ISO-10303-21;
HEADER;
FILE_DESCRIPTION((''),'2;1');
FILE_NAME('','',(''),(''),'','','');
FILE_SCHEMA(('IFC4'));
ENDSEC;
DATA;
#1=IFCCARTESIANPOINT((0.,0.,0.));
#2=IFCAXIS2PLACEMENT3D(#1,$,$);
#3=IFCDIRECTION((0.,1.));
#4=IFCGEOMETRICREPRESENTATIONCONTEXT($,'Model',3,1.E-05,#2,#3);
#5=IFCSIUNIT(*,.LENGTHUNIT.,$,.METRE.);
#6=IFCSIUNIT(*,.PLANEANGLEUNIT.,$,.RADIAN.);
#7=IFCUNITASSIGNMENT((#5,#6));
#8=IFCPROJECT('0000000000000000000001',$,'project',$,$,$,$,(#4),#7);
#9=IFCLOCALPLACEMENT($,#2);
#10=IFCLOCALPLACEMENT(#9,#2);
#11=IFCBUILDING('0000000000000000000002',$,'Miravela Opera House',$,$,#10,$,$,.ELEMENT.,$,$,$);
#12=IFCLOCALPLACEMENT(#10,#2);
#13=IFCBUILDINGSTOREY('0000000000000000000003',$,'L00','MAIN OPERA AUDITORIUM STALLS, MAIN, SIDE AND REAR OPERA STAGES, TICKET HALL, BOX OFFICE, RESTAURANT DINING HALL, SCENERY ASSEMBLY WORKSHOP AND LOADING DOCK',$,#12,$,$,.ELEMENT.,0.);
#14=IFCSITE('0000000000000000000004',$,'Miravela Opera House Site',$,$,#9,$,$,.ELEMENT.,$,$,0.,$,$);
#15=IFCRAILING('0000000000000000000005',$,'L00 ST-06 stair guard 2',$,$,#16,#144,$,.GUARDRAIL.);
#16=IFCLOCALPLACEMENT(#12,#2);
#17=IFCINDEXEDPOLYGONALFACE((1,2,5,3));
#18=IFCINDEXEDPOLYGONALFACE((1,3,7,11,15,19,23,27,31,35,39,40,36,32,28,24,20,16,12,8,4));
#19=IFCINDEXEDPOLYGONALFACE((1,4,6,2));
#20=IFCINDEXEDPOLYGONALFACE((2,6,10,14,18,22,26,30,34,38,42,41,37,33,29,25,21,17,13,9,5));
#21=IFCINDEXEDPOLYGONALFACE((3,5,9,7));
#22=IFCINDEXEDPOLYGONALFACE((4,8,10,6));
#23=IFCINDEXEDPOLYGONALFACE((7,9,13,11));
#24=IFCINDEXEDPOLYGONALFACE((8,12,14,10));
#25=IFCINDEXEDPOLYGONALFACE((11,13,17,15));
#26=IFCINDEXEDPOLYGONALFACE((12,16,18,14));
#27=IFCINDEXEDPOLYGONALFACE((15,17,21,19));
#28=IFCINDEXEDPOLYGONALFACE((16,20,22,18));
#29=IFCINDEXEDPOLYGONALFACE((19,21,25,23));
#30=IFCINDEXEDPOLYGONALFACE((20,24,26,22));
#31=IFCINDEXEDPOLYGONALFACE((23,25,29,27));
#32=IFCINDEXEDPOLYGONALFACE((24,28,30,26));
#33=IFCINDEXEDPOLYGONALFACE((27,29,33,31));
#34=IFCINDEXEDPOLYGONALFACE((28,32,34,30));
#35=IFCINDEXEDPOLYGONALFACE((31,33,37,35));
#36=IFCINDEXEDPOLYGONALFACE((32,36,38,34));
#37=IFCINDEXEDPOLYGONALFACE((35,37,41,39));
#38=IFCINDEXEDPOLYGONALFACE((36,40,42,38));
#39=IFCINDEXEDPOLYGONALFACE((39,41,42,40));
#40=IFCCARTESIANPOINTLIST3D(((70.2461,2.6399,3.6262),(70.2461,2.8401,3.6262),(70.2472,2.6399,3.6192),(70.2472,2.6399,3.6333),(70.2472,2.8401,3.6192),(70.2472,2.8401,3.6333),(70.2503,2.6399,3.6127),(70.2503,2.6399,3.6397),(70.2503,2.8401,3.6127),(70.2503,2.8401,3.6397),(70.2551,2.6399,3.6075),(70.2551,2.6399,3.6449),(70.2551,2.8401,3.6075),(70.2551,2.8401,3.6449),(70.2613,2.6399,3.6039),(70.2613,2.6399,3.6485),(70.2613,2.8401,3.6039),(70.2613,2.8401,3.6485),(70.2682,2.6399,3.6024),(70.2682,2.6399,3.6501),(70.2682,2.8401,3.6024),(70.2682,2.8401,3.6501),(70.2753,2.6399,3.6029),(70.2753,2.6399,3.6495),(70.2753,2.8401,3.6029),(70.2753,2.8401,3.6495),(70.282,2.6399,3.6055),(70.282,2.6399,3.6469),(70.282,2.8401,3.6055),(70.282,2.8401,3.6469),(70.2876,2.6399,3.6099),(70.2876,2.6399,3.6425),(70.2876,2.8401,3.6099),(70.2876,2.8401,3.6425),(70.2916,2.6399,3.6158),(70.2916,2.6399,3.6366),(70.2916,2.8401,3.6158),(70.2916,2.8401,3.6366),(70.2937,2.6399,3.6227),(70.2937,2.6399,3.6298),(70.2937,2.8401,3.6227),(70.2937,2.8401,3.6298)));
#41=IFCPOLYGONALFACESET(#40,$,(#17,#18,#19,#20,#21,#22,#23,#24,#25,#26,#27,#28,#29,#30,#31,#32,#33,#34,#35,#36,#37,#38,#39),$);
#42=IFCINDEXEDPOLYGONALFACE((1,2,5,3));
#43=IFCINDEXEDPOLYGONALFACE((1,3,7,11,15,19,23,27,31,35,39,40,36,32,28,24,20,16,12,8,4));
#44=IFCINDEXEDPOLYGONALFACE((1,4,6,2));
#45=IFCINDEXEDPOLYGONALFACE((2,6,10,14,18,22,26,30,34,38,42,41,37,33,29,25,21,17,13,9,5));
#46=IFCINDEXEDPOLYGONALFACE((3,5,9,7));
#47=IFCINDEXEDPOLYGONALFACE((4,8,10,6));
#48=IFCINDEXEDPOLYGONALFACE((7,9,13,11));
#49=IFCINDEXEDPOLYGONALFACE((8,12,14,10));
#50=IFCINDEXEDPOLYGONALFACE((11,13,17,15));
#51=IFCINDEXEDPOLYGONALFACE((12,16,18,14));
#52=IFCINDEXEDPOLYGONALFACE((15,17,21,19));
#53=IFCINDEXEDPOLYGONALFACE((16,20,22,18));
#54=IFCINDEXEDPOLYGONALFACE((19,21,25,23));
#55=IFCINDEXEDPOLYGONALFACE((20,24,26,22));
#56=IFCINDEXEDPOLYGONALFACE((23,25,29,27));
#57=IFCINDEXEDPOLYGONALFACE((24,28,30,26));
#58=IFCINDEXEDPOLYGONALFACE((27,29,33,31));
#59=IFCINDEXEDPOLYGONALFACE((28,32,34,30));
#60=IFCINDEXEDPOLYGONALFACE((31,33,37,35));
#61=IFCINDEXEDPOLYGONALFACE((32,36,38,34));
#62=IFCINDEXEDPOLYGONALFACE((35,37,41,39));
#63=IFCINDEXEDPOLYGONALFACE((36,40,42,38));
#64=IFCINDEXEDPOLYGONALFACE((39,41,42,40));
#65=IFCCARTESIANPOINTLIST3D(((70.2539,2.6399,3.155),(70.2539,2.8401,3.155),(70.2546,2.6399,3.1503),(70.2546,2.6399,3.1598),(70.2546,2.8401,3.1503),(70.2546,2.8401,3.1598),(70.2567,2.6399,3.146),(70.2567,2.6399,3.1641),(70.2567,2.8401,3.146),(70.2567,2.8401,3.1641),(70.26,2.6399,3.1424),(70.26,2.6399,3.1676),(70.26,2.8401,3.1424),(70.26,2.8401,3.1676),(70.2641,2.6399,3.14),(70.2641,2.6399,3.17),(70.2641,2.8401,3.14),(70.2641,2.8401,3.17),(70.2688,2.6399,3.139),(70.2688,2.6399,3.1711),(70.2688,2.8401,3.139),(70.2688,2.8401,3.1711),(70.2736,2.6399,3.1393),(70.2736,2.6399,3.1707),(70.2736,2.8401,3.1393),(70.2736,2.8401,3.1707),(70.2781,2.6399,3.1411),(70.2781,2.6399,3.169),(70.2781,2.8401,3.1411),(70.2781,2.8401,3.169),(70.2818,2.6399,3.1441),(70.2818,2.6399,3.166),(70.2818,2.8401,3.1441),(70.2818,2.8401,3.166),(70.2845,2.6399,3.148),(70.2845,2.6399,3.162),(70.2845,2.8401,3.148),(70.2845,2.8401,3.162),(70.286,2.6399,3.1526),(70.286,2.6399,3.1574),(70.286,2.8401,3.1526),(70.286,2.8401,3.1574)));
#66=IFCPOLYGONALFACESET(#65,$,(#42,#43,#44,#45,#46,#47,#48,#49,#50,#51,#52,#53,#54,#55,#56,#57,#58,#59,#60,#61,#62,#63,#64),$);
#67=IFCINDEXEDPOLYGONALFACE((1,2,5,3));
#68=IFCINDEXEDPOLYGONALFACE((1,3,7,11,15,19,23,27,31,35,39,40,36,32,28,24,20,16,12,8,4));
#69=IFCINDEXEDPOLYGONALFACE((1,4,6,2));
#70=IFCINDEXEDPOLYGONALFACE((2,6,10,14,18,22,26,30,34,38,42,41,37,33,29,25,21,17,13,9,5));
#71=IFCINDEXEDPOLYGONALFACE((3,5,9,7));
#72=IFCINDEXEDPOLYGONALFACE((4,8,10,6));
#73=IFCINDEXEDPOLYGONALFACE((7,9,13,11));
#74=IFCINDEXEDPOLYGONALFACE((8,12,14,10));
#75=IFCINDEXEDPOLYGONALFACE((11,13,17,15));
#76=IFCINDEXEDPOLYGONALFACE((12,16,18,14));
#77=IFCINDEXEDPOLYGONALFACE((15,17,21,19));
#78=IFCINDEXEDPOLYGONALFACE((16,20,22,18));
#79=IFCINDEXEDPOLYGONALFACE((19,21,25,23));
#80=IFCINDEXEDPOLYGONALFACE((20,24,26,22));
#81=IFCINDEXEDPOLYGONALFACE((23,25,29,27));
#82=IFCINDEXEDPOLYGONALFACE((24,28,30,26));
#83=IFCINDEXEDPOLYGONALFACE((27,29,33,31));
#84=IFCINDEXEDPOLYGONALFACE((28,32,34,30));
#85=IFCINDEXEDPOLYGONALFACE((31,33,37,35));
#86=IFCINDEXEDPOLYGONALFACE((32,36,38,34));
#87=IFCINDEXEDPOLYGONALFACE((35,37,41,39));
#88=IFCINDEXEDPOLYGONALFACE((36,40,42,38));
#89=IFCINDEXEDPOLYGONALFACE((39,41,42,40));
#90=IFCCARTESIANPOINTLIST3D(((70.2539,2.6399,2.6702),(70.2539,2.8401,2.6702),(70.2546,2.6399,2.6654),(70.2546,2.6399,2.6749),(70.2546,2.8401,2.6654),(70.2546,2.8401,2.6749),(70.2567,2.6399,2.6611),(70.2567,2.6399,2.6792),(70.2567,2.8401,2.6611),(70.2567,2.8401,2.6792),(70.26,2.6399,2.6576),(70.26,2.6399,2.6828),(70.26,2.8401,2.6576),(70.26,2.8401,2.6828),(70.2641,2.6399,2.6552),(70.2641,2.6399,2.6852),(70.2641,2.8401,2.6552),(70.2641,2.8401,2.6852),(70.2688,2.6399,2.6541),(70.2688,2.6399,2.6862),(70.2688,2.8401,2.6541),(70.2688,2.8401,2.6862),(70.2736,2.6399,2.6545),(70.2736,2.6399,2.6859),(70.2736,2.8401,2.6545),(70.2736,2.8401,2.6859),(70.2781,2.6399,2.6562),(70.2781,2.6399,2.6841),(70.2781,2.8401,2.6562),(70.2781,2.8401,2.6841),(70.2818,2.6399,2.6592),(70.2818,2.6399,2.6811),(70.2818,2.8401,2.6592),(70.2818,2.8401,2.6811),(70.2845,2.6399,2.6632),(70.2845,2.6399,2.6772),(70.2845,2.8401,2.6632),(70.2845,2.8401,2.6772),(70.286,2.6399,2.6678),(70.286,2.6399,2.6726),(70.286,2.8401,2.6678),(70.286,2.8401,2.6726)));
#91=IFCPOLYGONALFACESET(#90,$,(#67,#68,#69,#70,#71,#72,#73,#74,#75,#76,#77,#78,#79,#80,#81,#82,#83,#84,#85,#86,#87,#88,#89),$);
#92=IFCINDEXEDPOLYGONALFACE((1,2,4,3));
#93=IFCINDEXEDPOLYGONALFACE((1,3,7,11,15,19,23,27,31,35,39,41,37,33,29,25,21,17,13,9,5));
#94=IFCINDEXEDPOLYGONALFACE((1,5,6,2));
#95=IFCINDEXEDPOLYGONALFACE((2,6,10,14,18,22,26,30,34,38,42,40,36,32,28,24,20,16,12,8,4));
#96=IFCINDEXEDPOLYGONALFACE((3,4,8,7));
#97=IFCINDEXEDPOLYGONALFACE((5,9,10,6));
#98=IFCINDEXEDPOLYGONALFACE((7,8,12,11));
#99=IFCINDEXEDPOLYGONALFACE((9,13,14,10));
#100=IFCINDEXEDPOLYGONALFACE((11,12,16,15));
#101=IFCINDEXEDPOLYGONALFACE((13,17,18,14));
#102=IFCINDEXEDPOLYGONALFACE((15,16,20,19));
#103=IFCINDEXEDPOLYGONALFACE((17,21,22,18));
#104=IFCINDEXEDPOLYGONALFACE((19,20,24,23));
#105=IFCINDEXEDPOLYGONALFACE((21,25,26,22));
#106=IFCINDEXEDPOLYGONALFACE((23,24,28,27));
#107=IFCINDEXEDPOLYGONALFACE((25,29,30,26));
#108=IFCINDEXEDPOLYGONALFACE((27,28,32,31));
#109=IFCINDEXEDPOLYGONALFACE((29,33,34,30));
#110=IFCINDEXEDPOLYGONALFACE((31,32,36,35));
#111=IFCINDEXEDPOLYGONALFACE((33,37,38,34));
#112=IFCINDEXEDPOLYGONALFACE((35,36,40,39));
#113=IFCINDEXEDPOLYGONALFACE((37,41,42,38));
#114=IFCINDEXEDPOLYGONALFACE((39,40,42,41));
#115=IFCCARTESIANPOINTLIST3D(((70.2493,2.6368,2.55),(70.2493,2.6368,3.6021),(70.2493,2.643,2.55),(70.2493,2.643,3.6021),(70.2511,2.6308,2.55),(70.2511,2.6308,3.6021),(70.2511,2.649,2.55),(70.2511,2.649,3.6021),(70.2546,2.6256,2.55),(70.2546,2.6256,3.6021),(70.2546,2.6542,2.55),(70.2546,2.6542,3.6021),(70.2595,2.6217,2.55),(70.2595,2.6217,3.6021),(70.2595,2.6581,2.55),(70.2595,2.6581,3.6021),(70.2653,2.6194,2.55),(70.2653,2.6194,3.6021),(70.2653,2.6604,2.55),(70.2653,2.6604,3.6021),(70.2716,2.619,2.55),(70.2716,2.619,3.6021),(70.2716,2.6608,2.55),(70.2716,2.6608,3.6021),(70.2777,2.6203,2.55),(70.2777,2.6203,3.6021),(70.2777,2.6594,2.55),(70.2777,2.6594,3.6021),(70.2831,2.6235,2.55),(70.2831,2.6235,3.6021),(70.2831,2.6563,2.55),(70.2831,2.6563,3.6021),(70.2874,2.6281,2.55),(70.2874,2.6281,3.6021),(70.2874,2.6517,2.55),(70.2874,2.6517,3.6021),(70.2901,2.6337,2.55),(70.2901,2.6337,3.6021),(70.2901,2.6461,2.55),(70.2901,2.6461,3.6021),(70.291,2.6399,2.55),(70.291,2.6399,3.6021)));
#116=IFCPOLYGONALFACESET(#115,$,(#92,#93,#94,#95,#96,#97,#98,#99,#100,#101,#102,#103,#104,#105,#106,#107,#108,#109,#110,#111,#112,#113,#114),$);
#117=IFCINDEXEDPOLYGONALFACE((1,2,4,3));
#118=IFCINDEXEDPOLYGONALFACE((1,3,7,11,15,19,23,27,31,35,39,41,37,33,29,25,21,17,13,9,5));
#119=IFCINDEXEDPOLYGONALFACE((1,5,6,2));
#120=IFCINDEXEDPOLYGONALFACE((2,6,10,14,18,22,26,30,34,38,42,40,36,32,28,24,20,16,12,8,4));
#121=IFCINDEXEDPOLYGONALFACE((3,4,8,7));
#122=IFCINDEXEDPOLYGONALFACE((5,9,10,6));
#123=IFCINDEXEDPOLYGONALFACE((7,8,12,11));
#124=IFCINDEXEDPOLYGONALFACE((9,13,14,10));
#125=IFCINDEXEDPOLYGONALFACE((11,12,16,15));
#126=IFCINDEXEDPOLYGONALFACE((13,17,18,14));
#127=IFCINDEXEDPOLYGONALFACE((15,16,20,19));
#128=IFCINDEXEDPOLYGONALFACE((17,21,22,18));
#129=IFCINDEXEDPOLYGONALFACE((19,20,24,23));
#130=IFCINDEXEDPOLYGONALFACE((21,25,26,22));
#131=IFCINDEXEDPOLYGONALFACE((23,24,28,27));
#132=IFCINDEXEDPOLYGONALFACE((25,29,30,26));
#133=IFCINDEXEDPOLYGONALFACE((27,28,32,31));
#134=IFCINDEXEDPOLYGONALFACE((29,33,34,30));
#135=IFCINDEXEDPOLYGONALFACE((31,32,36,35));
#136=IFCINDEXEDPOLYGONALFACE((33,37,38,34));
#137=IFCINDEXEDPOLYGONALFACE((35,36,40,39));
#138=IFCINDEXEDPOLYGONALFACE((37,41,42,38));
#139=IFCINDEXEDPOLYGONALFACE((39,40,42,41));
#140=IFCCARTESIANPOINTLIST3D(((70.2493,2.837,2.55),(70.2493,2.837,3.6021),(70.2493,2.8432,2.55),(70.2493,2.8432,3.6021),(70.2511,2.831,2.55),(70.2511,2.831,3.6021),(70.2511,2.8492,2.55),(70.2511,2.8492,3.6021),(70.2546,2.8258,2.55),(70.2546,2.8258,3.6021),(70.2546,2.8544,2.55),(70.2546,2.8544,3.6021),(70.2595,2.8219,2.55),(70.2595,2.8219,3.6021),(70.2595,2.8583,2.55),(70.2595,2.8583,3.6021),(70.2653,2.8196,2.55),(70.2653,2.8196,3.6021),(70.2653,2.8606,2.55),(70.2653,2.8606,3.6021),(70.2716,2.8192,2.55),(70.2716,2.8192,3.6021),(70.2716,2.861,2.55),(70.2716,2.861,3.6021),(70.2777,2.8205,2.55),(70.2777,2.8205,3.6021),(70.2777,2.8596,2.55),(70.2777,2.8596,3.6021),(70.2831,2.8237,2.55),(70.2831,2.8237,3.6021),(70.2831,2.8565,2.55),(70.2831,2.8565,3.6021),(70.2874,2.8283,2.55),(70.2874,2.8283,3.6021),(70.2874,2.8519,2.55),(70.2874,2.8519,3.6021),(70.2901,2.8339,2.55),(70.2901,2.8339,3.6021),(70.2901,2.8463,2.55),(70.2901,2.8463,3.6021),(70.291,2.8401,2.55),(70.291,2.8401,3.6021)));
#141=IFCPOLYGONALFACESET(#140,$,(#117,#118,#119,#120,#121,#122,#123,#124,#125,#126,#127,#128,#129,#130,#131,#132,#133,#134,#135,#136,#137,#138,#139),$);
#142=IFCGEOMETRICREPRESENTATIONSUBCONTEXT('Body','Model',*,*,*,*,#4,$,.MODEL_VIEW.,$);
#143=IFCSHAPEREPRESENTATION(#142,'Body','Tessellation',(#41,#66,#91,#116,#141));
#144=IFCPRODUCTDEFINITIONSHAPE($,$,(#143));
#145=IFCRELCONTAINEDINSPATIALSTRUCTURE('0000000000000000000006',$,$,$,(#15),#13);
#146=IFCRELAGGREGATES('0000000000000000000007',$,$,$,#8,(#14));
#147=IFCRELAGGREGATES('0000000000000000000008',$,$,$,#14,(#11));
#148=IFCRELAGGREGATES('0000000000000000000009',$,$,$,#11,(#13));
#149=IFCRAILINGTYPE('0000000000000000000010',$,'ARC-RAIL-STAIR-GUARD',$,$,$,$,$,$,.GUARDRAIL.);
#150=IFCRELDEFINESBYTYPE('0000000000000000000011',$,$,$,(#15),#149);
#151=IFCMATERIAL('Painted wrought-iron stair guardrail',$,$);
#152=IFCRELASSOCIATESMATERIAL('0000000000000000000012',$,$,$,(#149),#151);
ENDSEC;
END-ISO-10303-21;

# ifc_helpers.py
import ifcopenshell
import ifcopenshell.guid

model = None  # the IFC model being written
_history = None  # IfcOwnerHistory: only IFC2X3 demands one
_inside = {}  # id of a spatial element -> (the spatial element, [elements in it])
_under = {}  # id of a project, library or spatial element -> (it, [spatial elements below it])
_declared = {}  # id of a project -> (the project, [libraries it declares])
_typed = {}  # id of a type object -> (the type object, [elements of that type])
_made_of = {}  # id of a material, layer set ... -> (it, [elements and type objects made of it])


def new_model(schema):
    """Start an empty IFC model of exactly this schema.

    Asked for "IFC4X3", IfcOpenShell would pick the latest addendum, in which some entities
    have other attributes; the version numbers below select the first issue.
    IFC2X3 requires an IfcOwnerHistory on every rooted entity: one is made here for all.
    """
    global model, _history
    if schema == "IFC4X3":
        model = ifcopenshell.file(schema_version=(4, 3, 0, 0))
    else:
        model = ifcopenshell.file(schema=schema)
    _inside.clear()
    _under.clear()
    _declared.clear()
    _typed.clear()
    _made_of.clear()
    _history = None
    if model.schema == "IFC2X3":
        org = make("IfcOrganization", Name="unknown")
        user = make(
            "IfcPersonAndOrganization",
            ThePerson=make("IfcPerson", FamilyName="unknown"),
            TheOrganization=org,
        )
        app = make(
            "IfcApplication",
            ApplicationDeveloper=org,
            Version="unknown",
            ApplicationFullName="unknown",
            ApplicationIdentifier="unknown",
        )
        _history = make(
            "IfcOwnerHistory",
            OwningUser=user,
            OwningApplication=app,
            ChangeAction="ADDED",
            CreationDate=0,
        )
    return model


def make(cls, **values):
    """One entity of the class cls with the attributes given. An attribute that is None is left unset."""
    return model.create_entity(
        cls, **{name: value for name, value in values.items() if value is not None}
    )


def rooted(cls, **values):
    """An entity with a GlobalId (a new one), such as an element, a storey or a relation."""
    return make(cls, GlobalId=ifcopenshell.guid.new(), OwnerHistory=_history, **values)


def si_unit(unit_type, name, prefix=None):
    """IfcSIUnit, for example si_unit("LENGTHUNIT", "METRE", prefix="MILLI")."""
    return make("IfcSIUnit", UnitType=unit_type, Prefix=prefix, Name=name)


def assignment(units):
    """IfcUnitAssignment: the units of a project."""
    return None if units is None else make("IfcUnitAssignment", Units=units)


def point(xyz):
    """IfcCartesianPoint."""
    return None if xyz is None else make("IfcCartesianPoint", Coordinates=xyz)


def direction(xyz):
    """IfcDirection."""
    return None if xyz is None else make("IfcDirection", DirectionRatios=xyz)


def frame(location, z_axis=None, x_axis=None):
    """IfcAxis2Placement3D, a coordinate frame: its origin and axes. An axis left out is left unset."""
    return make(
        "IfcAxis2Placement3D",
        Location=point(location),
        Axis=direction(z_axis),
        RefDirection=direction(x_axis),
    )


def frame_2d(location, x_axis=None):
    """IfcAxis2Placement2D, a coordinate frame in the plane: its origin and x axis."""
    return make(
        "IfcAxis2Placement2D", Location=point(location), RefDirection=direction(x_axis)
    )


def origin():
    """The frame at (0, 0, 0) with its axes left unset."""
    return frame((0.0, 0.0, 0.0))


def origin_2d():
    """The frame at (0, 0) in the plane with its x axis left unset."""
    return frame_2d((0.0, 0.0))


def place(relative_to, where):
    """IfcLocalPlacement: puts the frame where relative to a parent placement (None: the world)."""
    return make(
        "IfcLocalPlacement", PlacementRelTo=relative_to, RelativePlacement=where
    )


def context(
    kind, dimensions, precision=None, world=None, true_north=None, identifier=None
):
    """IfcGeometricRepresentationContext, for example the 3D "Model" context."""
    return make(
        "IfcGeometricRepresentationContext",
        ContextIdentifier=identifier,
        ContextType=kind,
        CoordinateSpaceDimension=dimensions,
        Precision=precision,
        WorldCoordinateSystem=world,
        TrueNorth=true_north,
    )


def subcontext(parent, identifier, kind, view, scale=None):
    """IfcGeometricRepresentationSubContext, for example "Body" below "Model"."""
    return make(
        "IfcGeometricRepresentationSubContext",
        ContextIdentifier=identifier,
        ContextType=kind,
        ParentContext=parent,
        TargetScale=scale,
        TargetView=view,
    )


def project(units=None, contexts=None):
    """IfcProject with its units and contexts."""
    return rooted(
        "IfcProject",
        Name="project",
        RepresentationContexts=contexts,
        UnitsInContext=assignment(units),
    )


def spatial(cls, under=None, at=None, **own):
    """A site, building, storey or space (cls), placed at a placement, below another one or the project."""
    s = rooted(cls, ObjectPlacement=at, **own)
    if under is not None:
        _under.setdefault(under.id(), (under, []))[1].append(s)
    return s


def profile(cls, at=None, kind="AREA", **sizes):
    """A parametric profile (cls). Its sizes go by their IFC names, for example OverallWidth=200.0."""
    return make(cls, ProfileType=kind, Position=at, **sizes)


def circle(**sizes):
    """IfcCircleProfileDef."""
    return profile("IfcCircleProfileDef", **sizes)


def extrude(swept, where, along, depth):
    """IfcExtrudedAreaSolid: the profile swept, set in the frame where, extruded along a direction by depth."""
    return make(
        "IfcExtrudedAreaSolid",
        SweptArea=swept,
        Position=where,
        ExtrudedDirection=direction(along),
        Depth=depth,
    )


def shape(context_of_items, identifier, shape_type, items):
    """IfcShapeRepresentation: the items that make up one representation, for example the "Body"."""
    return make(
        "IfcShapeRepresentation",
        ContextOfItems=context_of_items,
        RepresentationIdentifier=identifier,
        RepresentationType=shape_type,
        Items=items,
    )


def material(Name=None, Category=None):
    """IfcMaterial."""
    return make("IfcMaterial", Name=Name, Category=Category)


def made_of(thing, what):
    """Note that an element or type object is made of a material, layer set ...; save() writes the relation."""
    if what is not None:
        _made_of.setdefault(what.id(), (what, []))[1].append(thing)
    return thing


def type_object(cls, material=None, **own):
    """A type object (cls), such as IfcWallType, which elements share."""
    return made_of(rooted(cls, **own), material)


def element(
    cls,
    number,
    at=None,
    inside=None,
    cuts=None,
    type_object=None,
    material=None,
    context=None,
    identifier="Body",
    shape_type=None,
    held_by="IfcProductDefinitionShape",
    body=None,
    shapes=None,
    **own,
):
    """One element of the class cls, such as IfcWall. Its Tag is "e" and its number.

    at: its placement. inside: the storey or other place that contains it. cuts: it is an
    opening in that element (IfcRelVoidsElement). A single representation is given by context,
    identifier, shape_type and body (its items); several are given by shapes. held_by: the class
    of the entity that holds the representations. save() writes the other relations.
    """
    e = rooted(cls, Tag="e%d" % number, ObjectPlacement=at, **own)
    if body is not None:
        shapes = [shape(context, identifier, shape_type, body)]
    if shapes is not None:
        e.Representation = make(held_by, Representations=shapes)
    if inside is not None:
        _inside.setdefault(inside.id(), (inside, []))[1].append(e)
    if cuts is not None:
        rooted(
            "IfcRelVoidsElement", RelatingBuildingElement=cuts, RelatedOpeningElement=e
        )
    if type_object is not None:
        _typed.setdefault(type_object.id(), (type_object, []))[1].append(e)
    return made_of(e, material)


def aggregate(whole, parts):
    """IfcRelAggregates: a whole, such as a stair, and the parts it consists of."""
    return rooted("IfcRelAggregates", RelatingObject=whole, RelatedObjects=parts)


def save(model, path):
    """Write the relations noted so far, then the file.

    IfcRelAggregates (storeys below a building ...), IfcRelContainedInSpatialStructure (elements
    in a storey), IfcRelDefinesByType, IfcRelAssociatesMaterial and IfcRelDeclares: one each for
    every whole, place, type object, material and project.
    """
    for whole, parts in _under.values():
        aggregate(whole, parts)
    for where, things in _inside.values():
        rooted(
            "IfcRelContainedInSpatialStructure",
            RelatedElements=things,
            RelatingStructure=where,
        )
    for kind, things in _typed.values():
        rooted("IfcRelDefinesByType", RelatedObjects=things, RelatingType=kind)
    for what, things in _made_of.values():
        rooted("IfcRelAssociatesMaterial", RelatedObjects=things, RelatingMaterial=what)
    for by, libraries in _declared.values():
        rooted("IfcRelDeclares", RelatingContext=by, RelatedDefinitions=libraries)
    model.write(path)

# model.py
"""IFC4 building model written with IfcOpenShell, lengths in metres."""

from ifc_helpers import new_model, si_unit, direction, frame, origin, origin_2d, place, context, subcontext, project, spatial, circle, extrude, material, type_object, element, save


model = new_model("IFC4")

# Units and contexts
model_context = context("Model", 3, precision=1e-05, world=origin(), true_north=direction((0.0, 1.0)))
body_context = subcontext(model_context, "Body", "Model", "MODEL_VIEW")
ifc_project = project(units=[si_unit("LENGTHUNIT", "METRE"), si_unit("PLANEANGLEUNIT", "RADIAN")], contexts=[model_context])

# Site, building, storey
site_placement = place(None, origin())
site = spatial("IfcSite", under=ifc_project, at=site_placement, Name="Miravela Opera House Site", CompositionType="ELEMENT", RefElevation=0.0)
building_placement = place(site_placement, origin())
building = spatial("IfcBuilding", under=site, at=building_placement, Name="Miravela Opera House", CompositionType="ELEMENT")
storey_placement = place(building_placement, origin())
storey = spatial("IfcBuildingStorey", under=building, at=storey_placement, Name="L00", Description="MAIN OPERA AUDITORIUM STALLS, MAIN, SIDE AND REAR OPERA STAGES, TICKET HALL, BOX OFFICE, RESTAURANT DINING HALL, SCENERY ASSEMBLY WORKSHOP AND LOADING DOCK", CompositionType="ELEMENT", Elevation=0.0)

# Railing
ifc_material_1 = material(Name="Painted wrought-iron stair guardrail")
railing_type_1 = type_object("IfcRailingType", Name="ARC-RAIL-STAIR-GUARD", PredefinedType="GUARDRAIL", material=ifc_material_1)
railing_1_placement = place(storey_placement, frame((70.27, 2.6399, 2.55)))
element("IfcRailing", 1, at=railing_1_placement, inside=storey, type_object=railing_type_1, Name="L00 ST-06 stair guard 2", PredefinedType="GUARDRAIL", context=body_context, shape_type="SweptSolid", body=[
    extrude(circle(Radius=0.0239, at=origin_2d()), frame((0.0, 0.0, 1.0762), z_axis=(0.0, 1.0, 0.0), x_axis=(-1.0, 0.0, 0.0)), (0.0, 0.0, 1.0), 0.2002),
    extrude(circle(Radius=0.0161, at=origin_2d()), frame((0.0, 0.0, 0.605), z_axis=(0.0, 1.0, 0.0), x_axis=(-1.0, 0.0, 0.0)), (0.0, 0.0, 1.0), 0.2002),
    extrude(circle(Radius=0.0161, at=origin_2d()), frame((0.0, 0.0, 0.1201), z_axis=(0.0, 1.0, 0.0), x_axis=(-1.0, 0.0, 0.0)), (0.0, 0.0, 1.0), 0.2002),
    extrude(circle(Radius=0.021, at=origin_2d()), origin(), (0.0, 0.0, 1.0), 1.052),
    extrude(circle(Radius=0.021, at=origin_2d()), frame((0.0, 0.2002, 0.0)), (0.0, 0.0, 1.0), 1.052),
])

save(model, "model.ifc")
